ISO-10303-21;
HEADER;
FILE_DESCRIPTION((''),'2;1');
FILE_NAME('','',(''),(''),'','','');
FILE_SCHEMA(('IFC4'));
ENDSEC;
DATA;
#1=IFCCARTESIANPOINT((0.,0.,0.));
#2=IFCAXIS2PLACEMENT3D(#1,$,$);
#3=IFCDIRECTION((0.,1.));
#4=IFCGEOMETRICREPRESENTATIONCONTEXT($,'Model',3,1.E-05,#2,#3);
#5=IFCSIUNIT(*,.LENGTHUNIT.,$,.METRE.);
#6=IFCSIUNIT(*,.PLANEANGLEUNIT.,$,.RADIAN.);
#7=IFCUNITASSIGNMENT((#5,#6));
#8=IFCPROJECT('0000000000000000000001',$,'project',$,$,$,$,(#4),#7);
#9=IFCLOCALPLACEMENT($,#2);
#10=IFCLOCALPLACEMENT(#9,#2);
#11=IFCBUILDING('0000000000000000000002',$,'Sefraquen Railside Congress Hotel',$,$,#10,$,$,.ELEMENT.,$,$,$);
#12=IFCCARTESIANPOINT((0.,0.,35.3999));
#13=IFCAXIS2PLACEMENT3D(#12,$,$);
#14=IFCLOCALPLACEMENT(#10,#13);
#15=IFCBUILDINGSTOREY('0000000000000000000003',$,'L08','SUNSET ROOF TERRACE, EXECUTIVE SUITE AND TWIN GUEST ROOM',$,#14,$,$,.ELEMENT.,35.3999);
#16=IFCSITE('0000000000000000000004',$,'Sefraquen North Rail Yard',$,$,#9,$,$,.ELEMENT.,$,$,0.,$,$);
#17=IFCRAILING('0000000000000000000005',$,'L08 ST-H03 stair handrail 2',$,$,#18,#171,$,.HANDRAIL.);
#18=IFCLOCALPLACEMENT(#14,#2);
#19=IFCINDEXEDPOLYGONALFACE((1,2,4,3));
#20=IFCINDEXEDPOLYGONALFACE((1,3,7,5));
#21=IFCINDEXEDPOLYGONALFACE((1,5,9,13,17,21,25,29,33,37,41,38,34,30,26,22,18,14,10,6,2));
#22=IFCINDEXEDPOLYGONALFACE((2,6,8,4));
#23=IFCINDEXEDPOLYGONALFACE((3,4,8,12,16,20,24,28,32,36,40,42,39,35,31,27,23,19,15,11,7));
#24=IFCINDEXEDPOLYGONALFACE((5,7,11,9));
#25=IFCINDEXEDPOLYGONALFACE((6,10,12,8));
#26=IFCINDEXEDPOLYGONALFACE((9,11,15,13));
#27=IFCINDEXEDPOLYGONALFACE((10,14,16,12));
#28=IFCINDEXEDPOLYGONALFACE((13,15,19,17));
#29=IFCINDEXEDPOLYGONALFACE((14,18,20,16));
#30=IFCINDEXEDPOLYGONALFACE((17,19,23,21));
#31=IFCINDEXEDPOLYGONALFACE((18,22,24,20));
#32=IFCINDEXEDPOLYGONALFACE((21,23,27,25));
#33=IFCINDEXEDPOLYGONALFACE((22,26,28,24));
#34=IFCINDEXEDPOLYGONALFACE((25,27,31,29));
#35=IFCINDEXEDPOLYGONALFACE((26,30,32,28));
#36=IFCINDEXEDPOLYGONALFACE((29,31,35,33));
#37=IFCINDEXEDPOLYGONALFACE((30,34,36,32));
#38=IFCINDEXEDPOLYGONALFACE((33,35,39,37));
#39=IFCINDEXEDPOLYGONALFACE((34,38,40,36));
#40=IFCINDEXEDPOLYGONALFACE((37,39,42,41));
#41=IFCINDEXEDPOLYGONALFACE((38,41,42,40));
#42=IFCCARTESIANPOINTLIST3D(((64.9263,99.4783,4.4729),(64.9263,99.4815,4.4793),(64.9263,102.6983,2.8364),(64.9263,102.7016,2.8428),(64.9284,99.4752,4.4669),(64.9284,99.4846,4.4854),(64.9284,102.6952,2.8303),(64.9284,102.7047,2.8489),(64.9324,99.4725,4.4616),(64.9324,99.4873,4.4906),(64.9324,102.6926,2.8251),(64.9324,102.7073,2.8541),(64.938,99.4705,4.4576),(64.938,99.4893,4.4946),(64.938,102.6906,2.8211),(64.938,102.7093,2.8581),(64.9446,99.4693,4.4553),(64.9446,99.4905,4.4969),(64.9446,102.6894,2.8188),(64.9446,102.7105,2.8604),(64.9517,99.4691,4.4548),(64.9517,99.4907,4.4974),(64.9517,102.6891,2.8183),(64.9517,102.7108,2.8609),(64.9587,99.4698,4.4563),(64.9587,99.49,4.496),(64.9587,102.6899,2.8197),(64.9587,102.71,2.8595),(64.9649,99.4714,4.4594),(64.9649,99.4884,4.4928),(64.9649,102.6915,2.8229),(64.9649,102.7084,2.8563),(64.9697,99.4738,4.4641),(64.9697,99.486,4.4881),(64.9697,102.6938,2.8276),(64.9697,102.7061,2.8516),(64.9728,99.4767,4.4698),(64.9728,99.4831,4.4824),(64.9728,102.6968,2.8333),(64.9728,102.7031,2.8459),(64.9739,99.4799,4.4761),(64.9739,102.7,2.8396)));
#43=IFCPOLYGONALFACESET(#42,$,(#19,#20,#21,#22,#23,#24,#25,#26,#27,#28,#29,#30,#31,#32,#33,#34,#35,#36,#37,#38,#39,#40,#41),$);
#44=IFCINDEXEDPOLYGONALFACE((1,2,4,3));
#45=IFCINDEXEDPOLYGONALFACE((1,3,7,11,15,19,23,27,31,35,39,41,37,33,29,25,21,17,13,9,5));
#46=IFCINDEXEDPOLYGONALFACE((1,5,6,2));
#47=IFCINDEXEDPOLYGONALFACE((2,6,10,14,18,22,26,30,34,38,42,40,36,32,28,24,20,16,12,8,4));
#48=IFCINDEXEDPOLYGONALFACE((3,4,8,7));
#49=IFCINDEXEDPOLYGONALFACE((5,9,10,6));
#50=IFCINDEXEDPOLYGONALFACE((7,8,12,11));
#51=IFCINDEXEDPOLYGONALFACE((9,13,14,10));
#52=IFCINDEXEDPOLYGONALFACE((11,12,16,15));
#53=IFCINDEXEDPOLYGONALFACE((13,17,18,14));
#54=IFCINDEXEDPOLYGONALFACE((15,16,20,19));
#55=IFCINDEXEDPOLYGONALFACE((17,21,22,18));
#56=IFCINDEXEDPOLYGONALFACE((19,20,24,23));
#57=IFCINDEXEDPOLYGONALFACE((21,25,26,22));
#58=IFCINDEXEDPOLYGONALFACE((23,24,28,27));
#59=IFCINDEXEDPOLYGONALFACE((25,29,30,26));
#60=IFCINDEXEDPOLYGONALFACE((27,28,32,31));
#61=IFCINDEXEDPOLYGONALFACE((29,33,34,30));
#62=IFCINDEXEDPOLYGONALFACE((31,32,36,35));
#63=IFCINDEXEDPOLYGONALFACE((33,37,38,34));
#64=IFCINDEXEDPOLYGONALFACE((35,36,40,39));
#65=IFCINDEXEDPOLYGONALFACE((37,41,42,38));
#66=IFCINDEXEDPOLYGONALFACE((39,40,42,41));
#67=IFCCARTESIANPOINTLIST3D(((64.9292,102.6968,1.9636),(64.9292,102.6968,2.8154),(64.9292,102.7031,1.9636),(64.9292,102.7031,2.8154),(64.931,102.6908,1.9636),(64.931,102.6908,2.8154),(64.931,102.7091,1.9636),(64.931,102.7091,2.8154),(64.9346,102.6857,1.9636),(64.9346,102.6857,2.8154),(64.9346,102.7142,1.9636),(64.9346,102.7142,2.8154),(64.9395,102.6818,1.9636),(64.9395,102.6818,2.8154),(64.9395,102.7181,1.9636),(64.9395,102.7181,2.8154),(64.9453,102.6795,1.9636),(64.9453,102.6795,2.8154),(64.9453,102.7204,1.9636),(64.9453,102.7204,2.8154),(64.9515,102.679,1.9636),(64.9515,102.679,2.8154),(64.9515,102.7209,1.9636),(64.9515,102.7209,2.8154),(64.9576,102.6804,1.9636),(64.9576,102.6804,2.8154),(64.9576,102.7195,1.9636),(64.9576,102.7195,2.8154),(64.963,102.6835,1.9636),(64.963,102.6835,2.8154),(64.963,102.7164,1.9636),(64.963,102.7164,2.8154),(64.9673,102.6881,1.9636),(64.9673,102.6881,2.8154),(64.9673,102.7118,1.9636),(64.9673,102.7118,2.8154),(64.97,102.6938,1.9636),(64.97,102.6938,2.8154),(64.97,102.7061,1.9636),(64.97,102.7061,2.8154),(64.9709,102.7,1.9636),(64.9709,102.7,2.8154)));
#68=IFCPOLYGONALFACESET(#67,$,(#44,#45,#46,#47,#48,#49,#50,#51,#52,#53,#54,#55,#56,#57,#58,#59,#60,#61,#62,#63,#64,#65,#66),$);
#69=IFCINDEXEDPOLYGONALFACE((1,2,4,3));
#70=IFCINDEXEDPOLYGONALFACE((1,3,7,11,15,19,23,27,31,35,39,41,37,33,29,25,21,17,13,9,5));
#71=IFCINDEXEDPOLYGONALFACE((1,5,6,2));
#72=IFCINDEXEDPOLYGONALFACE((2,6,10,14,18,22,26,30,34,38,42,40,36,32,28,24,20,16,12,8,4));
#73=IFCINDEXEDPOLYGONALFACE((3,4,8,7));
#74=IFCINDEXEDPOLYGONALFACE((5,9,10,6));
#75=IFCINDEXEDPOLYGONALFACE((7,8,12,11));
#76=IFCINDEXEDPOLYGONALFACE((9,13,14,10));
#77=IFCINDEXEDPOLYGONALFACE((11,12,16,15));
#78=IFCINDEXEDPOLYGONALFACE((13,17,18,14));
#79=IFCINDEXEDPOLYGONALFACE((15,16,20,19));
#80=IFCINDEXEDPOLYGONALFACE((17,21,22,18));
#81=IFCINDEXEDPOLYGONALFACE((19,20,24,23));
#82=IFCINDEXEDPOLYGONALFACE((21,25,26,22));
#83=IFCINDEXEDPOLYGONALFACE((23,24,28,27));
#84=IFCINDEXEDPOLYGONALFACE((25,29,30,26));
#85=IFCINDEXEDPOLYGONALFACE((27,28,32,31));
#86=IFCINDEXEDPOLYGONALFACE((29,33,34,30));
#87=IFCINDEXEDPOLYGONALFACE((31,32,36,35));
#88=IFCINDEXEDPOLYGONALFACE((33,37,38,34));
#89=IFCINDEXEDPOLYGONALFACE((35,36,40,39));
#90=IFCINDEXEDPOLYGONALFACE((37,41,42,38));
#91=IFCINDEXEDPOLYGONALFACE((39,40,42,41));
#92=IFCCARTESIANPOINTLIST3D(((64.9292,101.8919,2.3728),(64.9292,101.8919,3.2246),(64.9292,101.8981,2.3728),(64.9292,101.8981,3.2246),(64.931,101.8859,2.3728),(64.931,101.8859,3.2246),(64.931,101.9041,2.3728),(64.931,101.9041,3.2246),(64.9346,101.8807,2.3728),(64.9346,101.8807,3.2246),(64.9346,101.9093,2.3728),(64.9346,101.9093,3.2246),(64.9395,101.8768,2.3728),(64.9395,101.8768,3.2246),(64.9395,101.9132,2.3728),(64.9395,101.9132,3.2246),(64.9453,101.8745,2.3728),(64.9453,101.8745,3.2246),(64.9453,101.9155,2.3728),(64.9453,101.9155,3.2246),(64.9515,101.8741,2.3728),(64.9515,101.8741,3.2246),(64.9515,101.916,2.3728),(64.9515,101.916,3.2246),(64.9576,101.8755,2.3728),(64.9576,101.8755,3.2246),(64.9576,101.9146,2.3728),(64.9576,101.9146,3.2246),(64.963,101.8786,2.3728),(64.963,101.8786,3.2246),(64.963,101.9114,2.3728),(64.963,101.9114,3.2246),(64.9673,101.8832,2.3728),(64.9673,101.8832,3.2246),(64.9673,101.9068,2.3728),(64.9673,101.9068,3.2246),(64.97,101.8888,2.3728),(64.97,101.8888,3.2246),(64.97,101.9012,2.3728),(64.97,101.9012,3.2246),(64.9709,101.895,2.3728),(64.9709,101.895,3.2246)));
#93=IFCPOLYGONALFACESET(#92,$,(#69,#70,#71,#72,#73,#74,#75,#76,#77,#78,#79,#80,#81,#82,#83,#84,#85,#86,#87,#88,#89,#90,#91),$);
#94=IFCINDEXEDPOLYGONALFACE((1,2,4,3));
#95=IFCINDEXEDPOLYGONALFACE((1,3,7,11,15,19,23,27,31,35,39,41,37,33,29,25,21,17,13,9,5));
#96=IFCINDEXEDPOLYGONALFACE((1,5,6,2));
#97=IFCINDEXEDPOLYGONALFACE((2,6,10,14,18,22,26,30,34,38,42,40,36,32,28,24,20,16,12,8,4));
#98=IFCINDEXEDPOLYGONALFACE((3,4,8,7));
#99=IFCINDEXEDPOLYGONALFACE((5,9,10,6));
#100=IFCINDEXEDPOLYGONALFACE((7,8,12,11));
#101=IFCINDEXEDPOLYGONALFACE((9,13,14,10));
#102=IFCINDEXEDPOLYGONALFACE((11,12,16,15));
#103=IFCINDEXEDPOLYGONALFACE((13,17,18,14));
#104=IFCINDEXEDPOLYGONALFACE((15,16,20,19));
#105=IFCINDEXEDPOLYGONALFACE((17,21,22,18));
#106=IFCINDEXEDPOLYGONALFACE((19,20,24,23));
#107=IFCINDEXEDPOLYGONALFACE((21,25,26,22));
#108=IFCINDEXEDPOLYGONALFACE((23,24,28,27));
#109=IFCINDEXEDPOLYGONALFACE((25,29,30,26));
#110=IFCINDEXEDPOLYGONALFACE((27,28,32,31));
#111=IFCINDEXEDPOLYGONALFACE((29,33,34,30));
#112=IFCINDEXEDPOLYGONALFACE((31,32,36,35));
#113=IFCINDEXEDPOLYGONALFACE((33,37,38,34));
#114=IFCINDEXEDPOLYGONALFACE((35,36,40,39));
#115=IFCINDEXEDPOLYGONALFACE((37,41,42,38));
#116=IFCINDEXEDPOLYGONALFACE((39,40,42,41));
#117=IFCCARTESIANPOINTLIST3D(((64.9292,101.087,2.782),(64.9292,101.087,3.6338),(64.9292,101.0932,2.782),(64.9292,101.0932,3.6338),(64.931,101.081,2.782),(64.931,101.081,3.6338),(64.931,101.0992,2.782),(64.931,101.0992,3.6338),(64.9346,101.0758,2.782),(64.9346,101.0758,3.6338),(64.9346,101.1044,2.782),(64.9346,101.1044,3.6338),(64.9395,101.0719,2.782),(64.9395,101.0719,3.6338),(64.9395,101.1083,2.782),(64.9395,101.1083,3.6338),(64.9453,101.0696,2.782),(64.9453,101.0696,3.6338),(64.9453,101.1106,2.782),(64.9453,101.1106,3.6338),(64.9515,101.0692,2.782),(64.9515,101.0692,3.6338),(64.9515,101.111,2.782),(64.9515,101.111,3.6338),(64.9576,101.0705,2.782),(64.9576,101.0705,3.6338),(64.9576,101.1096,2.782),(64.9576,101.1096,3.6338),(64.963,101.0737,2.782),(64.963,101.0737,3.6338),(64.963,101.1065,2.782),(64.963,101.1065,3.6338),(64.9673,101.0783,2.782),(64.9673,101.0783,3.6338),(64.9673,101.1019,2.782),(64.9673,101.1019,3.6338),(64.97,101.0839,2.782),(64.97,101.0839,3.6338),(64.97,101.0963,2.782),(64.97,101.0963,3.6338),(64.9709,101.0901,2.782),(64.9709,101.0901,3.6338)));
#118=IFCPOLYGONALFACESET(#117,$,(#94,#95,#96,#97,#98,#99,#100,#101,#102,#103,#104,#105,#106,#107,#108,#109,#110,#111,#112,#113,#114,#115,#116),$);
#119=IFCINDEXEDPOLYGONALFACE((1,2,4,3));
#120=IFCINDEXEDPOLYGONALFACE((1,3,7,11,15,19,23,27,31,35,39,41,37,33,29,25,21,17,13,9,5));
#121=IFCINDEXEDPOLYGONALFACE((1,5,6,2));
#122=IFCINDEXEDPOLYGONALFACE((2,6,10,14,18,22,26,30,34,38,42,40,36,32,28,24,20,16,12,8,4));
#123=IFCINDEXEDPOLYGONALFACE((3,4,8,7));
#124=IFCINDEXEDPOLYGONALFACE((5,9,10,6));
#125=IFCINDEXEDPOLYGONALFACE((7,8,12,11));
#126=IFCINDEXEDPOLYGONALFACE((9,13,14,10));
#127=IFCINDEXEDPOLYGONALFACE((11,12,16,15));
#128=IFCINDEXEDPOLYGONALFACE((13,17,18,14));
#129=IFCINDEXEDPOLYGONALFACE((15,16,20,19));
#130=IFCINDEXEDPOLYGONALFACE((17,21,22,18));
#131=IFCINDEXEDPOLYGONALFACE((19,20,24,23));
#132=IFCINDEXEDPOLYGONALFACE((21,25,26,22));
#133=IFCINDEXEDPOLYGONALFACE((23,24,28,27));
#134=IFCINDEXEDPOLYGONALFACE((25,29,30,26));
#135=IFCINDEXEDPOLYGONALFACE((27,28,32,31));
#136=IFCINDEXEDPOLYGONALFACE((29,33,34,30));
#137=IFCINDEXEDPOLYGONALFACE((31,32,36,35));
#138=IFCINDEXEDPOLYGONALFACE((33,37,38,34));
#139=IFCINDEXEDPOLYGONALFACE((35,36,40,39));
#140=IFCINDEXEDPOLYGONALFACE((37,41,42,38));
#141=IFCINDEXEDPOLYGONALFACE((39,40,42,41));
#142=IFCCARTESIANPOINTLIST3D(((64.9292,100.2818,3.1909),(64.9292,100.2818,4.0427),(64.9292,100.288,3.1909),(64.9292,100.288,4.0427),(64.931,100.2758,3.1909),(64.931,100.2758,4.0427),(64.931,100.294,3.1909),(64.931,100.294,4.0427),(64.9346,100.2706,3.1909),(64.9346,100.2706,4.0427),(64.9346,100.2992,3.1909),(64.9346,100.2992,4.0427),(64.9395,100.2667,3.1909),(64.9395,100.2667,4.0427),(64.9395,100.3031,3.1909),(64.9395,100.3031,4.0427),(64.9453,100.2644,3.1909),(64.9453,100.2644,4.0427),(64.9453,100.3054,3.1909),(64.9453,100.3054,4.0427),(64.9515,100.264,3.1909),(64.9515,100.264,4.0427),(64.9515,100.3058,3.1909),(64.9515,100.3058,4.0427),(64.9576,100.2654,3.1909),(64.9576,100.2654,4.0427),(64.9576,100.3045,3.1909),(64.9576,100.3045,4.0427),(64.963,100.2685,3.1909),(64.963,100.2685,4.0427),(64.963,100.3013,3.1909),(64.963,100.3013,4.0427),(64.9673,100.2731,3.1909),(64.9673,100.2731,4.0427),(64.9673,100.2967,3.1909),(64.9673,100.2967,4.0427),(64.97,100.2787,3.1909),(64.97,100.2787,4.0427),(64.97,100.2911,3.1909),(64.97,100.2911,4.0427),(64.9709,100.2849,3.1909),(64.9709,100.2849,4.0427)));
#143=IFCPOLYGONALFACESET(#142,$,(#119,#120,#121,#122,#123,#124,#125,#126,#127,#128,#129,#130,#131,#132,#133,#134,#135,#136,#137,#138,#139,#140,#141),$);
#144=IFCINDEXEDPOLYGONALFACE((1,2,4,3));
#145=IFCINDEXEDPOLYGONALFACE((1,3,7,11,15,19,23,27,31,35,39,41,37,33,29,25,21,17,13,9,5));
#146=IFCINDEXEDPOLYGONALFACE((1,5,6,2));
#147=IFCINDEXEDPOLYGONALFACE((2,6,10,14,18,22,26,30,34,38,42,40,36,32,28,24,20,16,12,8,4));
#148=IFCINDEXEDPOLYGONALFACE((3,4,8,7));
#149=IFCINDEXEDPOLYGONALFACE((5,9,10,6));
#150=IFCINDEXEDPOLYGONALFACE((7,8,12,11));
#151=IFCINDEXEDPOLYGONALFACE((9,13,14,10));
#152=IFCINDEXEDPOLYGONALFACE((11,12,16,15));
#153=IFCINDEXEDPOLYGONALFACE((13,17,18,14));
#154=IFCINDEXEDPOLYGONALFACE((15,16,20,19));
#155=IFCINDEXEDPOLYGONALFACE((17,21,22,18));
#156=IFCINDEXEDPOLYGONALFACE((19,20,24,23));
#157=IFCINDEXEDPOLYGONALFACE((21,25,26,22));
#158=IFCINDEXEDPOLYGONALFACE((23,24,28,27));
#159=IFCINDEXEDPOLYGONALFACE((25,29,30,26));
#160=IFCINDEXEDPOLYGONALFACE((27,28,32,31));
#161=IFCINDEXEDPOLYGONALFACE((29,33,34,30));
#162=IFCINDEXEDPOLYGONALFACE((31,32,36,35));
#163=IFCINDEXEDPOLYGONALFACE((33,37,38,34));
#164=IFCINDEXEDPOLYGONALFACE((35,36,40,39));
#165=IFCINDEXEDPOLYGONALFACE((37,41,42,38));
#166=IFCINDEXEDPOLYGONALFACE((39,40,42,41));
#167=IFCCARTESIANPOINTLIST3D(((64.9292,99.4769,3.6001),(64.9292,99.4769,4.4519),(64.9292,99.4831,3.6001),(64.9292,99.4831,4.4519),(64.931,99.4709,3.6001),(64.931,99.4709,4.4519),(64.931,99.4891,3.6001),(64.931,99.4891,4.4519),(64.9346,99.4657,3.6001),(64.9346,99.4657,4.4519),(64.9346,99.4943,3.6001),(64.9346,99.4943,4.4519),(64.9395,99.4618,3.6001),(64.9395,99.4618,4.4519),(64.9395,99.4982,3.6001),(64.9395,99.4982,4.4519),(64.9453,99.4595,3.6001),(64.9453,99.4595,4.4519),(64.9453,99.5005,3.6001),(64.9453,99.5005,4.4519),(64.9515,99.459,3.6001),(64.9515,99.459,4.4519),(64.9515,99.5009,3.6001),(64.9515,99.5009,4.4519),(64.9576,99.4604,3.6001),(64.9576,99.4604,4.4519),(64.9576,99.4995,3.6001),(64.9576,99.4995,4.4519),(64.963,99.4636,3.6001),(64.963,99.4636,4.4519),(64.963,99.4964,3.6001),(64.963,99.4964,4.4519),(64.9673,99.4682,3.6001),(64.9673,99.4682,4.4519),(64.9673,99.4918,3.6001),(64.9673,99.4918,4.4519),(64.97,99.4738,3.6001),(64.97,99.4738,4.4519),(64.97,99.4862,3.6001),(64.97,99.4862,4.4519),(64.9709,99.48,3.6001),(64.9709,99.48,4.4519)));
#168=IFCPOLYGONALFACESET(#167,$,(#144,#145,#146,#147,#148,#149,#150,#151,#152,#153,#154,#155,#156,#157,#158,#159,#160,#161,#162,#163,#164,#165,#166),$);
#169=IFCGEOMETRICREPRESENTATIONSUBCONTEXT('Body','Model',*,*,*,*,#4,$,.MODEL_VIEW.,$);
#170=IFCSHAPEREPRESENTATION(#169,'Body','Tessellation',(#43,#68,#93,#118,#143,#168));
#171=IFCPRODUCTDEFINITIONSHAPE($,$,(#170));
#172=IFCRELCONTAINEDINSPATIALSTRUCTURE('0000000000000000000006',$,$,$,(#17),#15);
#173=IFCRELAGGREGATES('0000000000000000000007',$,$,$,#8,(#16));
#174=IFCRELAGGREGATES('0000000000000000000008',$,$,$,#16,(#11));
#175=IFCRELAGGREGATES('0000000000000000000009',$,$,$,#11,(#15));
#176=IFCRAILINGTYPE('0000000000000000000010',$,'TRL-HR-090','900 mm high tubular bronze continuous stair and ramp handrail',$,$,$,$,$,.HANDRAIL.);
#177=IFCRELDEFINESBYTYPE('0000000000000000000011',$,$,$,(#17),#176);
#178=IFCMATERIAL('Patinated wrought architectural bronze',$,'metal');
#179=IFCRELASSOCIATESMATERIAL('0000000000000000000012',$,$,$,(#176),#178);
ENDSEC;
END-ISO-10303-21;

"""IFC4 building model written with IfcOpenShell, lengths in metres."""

from ifc_helpers import new_model, si_unit, direction, frame, origin, origin_2d, place, context, subcontext, project, spatial, circle, extrude, material, type_object, element, save


model = new_model("IFC4")

# Units and contexts
model_context = context("Model", 3, precision=1e-05, world=origin(), true_north=direction((0.0, 1.0)))
body_context = subcontext(model_context, "Body", "Model", "MODEL_VIEW")
ifc_project = project(units=[si_unit("LENGTHUNIT", "METRE"), si_unit("PLANEANGLEUNIT", "RADIAN")], contexts=[model_context])

# Site, building, storey
site_placement = place(None, origin())
site = spatial("IfcSite", under=ifc_project, at=site_placement, Name="Sefraquen North Rail Yard", CompositionType="ELEMENT", RefElevation=0.0)
building_placement = place(site_placement, origin())
building = spatial("IfcBuilding", under=site, at=building_placement, Name="Sefraquen Railside Congress Hotel", CompositionType="ELEMENT")
storey_placement = place(building_placement, frame((0.0, 0.0, 35.3999)))
storey = spatial("IfcBuildingStorey", under=building, at=storey_placement, Name="L08", Description="SUNSET ROOF TERRACE, EXECUTIVE SUITE AND TWIN GUEST ROOM", CompositionType="ELEMENT", Elevation=35.3999)

# Railing
ifc_material_1 = material(Name="Patinated wrought architectural bronze", Category="metal")
railing_type_1 = type_object("IfcRailingType", Name="TRL-HR-090", Description="900 mm high tubular bronze continuous stair and ramp handrail", PredefinedType="HANDRAIL", material=ifc_material_1)
railing_1_placement = place(storey_placement, frame((64.95, 102.7, 1.9636)))
element("IfcRailing", 1, at=railing_1_placement, inside=storey, type_object=railing_type_1, Name="L08 ST-H03 stair handrail 2", PredefinedType="HANDRAIL", context=body_context, shape_type="SweptSolid", body=[
    extrude(circle(Radius=0.0239, at=origin_2d()), frame((0.0, 0.0, 0.876), z_axis=(0.0, -0.891474, 0.453071), x_axis=(1.0, 0.0, 0.0)), (0.0, 0.0, 1.0), 3.6121),
    extrude(circle(Radius=0.021, at=origin_2d()), origin(), (0.0, 0.0, 1.0), 0.8518),
    extrude(circle(Radius=0.021, at=origin_2d()), frame((0.0, -0.8049, 0.4092)), (0.0, 0.0, 1.0), 0.8518),
    extrude(circle(Radius=0.021, at=origin_2d()), frame((0.0, -1.6099, 0.8184)), (0.0, 0.0, 1.0), 0.8518),
    extrude(circle(Radius=0.021, at=origin_2d()), frame((0.0, -2.415, 1.2273)), (0.0, 0.0, 1.0), 0.8518),
    extrude(circle(Radius=0.021, at=origin_2d()), frame((0.0, -3.22, 1.6365)), (0.0, 0.0, 1.0), 0.8518),
])

save(model, "model.ifc")
